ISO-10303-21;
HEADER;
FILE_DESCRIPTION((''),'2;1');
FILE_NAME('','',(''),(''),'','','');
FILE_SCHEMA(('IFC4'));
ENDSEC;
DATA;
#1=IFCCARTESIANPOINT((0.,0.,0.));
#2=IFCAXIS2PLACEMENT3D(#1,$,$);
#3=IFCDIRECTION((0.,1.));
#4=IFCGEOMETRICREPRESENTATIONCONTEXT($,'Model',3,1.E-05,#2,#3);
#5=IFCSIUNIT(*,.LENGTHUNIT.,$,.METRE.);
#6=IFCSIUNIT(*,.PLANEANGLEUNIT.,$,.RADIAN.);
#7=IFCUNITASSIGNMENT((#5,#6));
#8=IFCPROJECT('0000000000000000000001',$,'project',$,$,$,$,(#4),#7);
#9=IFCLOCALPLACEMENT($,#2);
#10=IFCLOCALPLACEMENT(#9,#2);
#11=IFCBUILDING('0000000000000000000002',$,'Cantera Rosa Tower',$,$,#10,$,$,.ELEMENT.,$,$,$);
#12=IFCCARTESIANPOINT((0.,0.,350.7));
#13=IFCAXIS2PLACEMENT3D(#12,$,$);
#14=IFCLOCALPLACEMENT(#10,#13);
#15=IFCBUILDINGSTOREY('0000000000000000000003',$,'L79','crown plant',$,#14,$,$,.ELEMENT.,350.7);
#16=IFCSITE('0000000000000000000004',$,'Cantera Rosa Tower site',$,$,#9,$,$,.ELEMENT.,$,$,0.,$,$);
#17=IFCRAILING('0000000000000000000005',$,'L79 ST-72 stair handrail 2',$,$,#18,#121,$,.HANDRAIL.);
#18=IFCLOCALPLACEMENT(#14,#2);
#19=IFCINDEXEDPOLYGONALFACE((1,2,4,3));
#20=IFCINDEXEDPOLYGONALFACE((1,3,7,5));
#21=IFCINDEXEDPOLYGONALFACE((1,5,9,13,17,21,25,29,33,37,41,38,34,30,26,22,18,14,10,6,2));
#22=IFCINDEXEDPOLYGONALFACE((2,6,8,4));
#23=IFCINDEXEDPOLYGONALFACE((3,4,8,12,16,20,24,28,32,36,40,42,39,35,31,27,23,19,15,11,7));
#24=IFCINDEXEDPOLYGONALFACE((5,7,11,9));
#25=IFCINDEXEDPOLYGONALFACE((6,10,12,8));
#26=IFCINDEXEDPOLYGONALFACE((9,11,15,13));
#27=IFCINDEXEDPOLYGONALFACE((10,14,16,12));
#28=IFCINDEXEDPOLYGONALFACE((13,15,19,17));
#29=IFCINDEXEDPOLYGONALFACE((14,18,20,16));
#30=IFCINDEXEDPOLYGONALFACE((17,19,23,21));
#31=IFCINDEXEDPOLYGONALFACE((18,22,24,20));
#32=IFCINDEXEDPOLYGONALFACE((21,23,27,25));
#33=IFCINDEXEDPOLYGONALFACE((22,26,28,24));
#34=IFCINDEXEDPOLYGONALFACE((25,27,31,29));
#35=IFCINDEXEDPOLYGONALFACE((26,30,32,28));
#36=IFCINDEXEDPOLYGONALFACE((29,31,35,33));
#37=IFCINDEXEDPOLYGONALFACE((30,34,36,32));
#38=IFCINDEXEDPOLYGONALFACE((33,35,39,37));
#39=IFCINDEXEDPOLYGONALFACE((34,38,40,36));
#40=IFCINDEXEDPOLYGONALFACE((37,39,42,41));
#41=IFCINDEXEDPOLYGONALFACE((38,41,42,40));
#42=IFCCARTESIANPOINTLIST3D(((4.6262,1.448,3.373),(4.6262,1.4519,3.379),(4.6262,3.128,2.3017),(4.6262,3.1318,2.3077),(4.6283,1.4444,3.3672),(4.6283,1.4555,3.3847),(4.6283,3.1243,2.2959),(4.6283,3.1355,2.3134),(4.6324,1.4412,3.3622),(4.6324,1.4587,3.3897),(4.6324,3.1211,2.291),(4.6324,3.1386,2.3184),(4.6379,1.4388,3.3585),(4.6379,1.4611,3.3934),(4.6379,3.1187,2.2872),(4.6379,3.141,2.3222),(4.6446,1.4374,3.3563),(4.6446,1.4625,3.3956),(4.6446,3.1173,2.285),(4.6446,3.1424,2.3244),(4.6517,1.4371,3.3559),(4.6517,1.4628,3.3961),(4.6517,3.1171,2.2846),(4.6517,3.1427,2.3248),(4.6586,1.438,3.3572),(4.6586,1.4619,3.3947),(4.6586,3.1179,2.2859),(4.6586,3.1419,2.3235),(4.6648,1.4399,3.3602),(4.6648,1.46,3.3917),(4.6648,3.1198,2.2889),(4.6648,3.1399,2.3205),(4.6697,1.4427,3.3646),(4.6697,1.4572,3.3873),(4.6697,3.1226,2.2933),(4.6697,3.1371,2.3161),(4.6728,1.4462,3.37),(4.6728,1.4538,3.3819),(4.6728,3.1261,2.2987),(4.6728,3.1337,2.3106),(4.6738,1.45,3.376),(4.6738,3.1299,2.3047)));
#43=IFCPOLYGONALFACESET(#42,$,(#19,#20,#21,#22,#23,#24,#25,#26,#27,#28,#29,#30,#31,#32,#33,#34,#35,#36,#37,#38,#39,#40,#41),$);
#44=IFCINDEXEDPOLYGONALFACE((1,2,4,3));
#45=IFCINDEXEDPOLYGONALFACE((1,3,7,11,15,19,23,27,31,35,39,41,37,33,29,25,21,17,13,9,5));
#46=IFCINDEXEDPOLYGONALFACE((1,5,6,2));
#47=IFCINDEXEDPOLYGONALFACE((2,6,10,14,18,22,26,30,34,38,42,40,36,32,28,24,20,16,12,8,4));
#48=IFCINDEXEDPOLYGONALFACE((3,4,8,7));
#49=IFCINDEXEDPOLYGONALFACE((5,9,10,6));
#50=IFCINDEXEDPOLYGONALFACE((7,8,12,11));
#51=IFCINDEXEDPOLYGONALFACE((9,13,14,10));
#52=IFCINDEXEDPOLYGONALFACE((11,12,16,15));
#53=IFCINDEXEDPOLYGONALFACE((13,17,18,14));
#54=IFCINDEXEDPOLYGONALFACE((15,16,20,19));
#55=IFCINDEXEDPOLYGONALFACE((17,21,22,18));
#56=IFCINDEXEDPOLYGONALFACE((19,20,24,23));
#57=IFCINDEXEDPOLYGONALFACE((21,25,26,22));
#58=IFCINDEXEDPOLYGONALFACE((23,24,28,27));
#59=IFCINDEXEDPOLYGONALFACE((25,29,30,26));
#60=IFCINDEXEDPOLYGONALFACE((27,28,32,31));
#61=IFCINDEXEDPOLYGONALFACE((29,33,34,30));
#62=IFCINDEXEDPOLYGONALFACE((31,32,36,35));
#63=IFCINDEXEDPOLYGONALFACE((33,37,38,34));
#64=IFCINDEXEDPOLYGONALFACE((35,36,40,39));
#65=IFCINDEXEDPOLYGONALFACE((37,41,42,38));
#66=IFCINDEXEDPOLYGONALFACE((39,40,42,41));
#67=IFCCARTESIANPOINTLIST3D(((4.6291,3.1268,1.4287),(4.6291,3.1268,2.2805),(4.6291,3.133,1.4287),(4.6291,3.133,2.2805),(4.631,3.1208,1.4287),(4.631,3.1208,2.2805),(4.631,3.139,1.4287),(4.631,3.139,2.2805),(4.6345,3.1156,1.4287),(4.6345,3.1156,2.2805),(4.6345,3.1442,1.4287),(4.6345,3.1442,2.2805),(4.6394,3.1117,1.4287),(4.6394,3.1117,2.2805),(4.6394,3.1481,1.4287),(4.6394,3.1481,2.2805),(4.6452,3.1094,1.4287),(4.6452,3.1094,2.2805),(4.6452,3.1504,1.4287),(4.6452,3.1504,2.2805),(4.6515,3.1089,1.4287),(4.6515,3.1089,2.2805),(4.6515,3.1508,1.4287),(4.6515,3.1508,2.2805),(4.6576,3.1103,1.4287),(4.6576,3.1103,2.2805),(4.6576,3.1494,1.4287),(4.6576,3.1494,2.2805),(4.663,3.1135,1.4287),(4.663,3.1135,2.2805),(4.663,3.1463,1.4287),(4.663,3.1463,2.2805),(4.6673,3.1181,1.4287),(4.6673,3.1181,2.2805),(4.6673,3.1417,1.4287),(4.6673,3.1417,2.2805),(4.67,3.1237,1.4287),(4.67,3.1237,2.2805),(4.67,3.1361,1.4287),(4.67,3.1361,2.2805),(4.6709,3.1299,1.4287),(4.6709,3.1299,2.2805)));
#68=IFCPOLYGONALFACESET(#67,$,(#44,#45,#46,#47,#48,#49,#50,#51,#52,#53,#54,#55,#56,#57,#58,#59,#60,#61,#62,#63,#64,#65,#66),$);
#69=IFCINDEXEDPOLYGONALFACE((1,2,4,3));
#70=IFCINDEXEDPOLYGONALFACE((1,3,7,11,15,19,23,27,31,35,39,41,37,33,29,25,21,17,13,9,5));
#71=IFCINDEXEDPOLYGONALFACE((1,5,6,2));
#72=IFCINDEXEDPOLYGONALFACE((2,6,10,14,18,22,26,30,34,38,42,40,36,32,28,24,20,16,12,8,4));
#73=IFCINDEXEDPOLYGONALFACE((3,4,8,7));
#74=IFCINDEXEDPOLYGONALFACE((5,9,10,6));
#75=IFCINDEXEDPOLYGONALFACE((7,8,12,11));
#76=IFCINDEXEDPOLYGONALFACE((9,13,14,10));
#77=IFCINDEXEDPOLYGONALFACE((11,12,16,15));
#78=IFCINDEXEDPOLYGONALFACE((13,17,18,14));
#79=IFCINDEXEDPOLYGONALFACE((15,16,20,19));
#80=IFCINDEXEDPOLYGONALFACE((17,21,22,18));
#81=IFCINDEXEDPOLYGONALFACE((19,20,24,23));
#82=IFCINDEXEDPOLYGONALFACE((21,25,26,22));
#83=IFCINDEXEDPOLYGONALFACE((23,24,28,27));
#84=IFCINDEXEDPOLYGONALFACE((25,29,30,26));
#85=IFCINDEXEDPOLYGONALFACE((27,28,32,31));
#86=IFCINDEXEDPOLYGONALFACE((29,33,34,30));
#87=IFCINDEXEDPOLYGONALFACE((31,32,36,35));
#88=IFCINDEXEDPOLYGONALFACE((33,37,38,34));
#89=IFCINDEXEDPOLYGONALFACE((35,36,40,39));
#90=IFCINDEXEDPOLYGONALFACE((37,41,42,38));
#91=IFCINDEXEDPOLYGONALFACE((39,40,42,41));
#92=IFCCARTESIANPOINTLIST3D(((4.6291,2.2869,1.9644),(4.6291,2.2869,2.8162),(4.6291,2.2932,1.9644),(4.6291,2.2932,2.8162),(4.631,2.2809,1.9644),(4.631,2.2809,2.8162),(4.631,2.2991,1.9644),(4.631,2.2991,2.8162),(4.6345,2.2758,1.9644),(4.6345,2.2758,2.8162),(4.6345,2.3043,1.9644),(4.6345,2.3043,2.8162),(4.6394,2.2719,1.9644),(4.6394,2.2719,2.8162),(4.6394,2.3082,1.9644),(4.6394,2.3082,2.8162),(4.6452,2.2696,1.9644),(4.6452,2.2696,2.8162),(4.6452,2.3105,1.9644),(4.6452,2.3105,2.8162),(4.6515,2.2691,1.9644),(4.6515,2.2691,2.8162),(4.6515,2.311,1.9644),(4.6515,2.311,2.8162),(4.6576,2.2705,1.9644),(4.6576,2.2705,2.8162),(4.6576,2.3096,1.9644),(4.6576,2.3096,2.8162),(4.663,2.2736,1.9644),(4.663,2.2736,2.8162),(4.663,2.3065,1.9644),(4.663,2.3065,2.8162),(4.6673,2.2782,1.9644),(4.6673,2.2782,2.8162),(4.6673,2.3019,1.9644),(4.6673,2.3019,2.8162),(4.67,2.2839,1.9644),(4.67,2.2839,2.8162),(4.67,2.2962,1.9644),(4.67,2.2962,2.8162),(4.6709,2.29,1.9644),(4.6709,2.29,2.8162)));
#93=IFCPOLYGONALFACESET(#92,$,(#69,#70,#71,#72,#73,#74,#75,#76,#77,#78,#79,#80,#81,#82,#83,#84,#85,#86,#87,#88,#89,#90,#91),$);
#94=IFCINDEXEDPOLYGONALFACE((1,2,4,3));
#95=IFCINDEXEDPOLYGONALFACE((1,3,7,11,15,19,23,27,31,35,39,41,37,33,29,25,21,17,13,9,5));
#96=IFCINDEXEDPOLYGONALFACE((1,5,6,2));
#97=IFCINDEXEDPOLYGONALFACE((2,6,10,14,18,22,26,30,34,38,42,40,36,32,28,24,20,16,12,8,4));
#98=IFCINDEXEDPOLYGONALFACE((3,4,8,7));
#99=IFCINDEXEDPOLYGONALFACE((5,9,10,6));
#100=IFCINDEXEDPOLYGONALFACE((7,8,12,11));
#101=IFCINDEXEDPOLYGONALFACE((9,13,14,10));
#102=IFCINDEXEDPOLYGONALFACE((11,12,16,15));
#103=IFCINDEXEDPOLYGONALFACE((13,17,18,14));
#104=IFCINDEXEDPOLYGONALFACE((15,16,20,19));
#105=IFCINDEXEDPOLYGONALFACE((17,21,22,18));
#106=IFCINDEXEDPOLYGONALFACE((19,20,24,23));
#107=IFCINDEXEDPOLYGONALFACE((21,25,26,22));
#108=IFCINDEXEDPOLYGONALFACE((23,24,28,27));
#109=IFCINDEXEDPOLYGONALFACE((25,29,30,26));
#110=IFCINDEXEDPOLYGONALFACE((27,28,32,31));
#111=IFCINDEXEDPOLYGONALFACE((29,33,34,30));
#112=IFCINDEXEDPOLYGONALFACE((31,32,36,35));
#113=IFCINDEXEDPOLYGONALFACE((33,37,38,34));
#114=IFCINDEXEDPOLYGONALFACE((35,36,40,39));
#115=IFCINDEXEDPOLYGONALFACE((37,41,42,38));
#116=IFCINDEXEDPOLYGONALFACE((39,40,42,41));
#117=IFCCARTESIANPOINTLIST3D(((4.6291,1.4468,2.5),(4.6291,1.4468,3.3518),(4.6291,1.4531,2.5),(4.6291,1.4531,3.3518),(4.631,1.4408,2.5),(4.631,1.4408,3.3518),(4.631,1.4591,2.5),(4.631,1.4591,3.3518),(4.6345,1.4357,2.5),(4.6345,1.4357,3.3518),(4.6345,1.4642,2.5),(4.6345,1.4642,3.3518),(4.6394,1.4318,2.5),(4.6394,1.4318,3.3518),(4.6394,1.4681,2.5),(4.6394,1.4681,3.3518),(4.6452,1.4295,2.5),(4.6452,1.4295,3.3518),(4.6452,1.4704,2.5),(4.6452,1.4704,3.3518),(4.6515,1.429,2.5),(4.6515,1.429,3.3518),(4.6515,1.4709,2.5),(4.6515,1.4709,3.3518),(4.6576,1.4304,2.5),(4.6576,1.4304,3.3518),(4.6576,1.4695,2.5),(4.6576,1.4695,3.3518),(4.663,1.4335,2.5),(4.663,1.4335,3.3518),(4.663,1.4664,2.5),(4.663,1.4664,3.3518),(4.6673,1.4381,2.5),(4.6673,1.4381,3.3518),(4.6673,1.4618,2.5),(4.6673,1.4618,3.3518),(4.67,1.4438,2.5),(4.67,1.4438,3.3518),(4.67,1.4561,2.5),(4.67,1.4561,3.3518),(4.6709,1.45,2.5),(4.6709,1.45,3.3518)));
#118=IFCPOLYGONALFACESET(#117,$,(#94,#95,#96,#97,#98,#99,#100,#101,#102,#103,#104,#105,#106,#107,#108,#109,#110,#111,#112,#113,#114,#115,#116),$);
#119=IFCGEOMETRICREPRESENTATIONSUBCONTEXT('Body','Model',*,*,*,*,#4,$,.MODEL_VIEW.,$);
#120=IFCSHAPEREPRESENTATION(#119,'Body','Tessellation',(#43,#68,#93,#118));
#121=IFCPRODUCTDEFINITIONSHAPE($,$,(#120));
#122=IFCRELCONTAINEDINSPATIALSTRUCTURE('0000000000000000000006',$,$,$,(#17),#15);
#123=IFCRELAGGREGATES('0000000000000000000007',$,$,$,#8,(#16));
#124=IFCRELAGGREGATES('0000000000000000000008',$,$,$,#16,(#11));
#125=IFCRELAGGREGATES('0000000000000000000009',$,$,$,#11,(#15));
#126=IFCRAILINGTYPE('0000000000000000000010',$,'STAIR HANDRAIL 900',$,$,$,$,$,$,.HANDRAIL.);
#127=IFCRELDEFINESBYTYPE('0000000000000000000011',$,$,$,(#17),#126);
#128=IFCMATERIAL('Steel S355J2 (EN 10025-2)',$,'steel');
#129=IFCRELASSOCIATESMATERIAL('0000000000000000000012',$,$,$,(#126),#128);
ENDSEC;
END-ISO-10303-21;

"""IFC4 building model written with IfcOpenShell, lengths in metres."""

from ifc_helpers import new_model, si_unit, direction, frame, origin, origin_2d, place, context, subcontext, project, spatial, circle, extrude, material, type_object, element, save


model = new_model("IFC4")

# Units and contexts
model_context = context("Model", 3, precision=1e-05, world=origin(), true_north=direction((0.0, 1.0)))
body_context = subcontext(model_context, "Body", "Model", "MODEL_VIEW")
ifc_project = project(units=[si_unit("LENGTHUNIT", "METRE"), si_unit("PLANEANGLEUNIT", "RADIAN")], contexts=[model_context])

# Site, building, storey
site_placement = place(None, origin())
site = spatial("IfcSite", under=ifc_project, at=site_placement, Name="Cantera Rosa Tower site", CompositionType="ELEMENT", RefElevation=0.0)
building_placement = place(site_placement, origin())
building = spatial("IfcBuilding", under=site, at=building_placement, Name="Cantera Rosa Tower", CompositionType="ELEMENT")
storey_placement = place(building_placement, frame((0.0, 0.0, 350.7)))
storey = spatial("IfcBuildingStorey", under=building, at=storey_placement, Name="L79", Description="crown plant", CompositionType="ELEMENT", Elevation=350.7)

# Railing
ifc_material_1 = material(Name="Steel S355J2 (EN 10025-2)", Category="steel")
railing_type_1 = type_object("IfcRailingType", Name="STAIR HANDRAIL 900", PredefinedType="HANDRAIL", material=ifc_material_1)
railing_1_placement = place(storey_placement, frame((4.6499, 3.1299, 1.4287)))
element("IfcRailing", 1, at=railing_1_placement, inside=storey, type_object=railing_type_1, Name="L79 ST-72 stair handrail 2", PredefinedType="HANDRAIL", context=body_context, shape_type="SweptSolid", body=[
    extrude(circle(Radius=0.0239, at=origin_2d()), frame((0.0, 0.0, 0.876), z_axis=(0.0, -0.843152, 0.537676), x_axis=(1.0, 0.0, 0.0)), (0.0, 0.0, 1.0), 1.9924),
    extrude(circle(Radius=0.021, at=origin_2d()), origin(), (0.0, 0.0, 1.0), 0.8518),
    extrude(circle(Radius=0.021, at=origin_2d()), frame((0.0, -0.8398, 0.5356)), (0.0, 0.0, 1.0), 0.8518),
    extrude(circle(Radius=0.021, at=origin_2d()), frame((0.0, -1.6799, 1.0713)), (0.0, 0.0, 1.0), 0.8518),
])

save(model, "model.ifc")
